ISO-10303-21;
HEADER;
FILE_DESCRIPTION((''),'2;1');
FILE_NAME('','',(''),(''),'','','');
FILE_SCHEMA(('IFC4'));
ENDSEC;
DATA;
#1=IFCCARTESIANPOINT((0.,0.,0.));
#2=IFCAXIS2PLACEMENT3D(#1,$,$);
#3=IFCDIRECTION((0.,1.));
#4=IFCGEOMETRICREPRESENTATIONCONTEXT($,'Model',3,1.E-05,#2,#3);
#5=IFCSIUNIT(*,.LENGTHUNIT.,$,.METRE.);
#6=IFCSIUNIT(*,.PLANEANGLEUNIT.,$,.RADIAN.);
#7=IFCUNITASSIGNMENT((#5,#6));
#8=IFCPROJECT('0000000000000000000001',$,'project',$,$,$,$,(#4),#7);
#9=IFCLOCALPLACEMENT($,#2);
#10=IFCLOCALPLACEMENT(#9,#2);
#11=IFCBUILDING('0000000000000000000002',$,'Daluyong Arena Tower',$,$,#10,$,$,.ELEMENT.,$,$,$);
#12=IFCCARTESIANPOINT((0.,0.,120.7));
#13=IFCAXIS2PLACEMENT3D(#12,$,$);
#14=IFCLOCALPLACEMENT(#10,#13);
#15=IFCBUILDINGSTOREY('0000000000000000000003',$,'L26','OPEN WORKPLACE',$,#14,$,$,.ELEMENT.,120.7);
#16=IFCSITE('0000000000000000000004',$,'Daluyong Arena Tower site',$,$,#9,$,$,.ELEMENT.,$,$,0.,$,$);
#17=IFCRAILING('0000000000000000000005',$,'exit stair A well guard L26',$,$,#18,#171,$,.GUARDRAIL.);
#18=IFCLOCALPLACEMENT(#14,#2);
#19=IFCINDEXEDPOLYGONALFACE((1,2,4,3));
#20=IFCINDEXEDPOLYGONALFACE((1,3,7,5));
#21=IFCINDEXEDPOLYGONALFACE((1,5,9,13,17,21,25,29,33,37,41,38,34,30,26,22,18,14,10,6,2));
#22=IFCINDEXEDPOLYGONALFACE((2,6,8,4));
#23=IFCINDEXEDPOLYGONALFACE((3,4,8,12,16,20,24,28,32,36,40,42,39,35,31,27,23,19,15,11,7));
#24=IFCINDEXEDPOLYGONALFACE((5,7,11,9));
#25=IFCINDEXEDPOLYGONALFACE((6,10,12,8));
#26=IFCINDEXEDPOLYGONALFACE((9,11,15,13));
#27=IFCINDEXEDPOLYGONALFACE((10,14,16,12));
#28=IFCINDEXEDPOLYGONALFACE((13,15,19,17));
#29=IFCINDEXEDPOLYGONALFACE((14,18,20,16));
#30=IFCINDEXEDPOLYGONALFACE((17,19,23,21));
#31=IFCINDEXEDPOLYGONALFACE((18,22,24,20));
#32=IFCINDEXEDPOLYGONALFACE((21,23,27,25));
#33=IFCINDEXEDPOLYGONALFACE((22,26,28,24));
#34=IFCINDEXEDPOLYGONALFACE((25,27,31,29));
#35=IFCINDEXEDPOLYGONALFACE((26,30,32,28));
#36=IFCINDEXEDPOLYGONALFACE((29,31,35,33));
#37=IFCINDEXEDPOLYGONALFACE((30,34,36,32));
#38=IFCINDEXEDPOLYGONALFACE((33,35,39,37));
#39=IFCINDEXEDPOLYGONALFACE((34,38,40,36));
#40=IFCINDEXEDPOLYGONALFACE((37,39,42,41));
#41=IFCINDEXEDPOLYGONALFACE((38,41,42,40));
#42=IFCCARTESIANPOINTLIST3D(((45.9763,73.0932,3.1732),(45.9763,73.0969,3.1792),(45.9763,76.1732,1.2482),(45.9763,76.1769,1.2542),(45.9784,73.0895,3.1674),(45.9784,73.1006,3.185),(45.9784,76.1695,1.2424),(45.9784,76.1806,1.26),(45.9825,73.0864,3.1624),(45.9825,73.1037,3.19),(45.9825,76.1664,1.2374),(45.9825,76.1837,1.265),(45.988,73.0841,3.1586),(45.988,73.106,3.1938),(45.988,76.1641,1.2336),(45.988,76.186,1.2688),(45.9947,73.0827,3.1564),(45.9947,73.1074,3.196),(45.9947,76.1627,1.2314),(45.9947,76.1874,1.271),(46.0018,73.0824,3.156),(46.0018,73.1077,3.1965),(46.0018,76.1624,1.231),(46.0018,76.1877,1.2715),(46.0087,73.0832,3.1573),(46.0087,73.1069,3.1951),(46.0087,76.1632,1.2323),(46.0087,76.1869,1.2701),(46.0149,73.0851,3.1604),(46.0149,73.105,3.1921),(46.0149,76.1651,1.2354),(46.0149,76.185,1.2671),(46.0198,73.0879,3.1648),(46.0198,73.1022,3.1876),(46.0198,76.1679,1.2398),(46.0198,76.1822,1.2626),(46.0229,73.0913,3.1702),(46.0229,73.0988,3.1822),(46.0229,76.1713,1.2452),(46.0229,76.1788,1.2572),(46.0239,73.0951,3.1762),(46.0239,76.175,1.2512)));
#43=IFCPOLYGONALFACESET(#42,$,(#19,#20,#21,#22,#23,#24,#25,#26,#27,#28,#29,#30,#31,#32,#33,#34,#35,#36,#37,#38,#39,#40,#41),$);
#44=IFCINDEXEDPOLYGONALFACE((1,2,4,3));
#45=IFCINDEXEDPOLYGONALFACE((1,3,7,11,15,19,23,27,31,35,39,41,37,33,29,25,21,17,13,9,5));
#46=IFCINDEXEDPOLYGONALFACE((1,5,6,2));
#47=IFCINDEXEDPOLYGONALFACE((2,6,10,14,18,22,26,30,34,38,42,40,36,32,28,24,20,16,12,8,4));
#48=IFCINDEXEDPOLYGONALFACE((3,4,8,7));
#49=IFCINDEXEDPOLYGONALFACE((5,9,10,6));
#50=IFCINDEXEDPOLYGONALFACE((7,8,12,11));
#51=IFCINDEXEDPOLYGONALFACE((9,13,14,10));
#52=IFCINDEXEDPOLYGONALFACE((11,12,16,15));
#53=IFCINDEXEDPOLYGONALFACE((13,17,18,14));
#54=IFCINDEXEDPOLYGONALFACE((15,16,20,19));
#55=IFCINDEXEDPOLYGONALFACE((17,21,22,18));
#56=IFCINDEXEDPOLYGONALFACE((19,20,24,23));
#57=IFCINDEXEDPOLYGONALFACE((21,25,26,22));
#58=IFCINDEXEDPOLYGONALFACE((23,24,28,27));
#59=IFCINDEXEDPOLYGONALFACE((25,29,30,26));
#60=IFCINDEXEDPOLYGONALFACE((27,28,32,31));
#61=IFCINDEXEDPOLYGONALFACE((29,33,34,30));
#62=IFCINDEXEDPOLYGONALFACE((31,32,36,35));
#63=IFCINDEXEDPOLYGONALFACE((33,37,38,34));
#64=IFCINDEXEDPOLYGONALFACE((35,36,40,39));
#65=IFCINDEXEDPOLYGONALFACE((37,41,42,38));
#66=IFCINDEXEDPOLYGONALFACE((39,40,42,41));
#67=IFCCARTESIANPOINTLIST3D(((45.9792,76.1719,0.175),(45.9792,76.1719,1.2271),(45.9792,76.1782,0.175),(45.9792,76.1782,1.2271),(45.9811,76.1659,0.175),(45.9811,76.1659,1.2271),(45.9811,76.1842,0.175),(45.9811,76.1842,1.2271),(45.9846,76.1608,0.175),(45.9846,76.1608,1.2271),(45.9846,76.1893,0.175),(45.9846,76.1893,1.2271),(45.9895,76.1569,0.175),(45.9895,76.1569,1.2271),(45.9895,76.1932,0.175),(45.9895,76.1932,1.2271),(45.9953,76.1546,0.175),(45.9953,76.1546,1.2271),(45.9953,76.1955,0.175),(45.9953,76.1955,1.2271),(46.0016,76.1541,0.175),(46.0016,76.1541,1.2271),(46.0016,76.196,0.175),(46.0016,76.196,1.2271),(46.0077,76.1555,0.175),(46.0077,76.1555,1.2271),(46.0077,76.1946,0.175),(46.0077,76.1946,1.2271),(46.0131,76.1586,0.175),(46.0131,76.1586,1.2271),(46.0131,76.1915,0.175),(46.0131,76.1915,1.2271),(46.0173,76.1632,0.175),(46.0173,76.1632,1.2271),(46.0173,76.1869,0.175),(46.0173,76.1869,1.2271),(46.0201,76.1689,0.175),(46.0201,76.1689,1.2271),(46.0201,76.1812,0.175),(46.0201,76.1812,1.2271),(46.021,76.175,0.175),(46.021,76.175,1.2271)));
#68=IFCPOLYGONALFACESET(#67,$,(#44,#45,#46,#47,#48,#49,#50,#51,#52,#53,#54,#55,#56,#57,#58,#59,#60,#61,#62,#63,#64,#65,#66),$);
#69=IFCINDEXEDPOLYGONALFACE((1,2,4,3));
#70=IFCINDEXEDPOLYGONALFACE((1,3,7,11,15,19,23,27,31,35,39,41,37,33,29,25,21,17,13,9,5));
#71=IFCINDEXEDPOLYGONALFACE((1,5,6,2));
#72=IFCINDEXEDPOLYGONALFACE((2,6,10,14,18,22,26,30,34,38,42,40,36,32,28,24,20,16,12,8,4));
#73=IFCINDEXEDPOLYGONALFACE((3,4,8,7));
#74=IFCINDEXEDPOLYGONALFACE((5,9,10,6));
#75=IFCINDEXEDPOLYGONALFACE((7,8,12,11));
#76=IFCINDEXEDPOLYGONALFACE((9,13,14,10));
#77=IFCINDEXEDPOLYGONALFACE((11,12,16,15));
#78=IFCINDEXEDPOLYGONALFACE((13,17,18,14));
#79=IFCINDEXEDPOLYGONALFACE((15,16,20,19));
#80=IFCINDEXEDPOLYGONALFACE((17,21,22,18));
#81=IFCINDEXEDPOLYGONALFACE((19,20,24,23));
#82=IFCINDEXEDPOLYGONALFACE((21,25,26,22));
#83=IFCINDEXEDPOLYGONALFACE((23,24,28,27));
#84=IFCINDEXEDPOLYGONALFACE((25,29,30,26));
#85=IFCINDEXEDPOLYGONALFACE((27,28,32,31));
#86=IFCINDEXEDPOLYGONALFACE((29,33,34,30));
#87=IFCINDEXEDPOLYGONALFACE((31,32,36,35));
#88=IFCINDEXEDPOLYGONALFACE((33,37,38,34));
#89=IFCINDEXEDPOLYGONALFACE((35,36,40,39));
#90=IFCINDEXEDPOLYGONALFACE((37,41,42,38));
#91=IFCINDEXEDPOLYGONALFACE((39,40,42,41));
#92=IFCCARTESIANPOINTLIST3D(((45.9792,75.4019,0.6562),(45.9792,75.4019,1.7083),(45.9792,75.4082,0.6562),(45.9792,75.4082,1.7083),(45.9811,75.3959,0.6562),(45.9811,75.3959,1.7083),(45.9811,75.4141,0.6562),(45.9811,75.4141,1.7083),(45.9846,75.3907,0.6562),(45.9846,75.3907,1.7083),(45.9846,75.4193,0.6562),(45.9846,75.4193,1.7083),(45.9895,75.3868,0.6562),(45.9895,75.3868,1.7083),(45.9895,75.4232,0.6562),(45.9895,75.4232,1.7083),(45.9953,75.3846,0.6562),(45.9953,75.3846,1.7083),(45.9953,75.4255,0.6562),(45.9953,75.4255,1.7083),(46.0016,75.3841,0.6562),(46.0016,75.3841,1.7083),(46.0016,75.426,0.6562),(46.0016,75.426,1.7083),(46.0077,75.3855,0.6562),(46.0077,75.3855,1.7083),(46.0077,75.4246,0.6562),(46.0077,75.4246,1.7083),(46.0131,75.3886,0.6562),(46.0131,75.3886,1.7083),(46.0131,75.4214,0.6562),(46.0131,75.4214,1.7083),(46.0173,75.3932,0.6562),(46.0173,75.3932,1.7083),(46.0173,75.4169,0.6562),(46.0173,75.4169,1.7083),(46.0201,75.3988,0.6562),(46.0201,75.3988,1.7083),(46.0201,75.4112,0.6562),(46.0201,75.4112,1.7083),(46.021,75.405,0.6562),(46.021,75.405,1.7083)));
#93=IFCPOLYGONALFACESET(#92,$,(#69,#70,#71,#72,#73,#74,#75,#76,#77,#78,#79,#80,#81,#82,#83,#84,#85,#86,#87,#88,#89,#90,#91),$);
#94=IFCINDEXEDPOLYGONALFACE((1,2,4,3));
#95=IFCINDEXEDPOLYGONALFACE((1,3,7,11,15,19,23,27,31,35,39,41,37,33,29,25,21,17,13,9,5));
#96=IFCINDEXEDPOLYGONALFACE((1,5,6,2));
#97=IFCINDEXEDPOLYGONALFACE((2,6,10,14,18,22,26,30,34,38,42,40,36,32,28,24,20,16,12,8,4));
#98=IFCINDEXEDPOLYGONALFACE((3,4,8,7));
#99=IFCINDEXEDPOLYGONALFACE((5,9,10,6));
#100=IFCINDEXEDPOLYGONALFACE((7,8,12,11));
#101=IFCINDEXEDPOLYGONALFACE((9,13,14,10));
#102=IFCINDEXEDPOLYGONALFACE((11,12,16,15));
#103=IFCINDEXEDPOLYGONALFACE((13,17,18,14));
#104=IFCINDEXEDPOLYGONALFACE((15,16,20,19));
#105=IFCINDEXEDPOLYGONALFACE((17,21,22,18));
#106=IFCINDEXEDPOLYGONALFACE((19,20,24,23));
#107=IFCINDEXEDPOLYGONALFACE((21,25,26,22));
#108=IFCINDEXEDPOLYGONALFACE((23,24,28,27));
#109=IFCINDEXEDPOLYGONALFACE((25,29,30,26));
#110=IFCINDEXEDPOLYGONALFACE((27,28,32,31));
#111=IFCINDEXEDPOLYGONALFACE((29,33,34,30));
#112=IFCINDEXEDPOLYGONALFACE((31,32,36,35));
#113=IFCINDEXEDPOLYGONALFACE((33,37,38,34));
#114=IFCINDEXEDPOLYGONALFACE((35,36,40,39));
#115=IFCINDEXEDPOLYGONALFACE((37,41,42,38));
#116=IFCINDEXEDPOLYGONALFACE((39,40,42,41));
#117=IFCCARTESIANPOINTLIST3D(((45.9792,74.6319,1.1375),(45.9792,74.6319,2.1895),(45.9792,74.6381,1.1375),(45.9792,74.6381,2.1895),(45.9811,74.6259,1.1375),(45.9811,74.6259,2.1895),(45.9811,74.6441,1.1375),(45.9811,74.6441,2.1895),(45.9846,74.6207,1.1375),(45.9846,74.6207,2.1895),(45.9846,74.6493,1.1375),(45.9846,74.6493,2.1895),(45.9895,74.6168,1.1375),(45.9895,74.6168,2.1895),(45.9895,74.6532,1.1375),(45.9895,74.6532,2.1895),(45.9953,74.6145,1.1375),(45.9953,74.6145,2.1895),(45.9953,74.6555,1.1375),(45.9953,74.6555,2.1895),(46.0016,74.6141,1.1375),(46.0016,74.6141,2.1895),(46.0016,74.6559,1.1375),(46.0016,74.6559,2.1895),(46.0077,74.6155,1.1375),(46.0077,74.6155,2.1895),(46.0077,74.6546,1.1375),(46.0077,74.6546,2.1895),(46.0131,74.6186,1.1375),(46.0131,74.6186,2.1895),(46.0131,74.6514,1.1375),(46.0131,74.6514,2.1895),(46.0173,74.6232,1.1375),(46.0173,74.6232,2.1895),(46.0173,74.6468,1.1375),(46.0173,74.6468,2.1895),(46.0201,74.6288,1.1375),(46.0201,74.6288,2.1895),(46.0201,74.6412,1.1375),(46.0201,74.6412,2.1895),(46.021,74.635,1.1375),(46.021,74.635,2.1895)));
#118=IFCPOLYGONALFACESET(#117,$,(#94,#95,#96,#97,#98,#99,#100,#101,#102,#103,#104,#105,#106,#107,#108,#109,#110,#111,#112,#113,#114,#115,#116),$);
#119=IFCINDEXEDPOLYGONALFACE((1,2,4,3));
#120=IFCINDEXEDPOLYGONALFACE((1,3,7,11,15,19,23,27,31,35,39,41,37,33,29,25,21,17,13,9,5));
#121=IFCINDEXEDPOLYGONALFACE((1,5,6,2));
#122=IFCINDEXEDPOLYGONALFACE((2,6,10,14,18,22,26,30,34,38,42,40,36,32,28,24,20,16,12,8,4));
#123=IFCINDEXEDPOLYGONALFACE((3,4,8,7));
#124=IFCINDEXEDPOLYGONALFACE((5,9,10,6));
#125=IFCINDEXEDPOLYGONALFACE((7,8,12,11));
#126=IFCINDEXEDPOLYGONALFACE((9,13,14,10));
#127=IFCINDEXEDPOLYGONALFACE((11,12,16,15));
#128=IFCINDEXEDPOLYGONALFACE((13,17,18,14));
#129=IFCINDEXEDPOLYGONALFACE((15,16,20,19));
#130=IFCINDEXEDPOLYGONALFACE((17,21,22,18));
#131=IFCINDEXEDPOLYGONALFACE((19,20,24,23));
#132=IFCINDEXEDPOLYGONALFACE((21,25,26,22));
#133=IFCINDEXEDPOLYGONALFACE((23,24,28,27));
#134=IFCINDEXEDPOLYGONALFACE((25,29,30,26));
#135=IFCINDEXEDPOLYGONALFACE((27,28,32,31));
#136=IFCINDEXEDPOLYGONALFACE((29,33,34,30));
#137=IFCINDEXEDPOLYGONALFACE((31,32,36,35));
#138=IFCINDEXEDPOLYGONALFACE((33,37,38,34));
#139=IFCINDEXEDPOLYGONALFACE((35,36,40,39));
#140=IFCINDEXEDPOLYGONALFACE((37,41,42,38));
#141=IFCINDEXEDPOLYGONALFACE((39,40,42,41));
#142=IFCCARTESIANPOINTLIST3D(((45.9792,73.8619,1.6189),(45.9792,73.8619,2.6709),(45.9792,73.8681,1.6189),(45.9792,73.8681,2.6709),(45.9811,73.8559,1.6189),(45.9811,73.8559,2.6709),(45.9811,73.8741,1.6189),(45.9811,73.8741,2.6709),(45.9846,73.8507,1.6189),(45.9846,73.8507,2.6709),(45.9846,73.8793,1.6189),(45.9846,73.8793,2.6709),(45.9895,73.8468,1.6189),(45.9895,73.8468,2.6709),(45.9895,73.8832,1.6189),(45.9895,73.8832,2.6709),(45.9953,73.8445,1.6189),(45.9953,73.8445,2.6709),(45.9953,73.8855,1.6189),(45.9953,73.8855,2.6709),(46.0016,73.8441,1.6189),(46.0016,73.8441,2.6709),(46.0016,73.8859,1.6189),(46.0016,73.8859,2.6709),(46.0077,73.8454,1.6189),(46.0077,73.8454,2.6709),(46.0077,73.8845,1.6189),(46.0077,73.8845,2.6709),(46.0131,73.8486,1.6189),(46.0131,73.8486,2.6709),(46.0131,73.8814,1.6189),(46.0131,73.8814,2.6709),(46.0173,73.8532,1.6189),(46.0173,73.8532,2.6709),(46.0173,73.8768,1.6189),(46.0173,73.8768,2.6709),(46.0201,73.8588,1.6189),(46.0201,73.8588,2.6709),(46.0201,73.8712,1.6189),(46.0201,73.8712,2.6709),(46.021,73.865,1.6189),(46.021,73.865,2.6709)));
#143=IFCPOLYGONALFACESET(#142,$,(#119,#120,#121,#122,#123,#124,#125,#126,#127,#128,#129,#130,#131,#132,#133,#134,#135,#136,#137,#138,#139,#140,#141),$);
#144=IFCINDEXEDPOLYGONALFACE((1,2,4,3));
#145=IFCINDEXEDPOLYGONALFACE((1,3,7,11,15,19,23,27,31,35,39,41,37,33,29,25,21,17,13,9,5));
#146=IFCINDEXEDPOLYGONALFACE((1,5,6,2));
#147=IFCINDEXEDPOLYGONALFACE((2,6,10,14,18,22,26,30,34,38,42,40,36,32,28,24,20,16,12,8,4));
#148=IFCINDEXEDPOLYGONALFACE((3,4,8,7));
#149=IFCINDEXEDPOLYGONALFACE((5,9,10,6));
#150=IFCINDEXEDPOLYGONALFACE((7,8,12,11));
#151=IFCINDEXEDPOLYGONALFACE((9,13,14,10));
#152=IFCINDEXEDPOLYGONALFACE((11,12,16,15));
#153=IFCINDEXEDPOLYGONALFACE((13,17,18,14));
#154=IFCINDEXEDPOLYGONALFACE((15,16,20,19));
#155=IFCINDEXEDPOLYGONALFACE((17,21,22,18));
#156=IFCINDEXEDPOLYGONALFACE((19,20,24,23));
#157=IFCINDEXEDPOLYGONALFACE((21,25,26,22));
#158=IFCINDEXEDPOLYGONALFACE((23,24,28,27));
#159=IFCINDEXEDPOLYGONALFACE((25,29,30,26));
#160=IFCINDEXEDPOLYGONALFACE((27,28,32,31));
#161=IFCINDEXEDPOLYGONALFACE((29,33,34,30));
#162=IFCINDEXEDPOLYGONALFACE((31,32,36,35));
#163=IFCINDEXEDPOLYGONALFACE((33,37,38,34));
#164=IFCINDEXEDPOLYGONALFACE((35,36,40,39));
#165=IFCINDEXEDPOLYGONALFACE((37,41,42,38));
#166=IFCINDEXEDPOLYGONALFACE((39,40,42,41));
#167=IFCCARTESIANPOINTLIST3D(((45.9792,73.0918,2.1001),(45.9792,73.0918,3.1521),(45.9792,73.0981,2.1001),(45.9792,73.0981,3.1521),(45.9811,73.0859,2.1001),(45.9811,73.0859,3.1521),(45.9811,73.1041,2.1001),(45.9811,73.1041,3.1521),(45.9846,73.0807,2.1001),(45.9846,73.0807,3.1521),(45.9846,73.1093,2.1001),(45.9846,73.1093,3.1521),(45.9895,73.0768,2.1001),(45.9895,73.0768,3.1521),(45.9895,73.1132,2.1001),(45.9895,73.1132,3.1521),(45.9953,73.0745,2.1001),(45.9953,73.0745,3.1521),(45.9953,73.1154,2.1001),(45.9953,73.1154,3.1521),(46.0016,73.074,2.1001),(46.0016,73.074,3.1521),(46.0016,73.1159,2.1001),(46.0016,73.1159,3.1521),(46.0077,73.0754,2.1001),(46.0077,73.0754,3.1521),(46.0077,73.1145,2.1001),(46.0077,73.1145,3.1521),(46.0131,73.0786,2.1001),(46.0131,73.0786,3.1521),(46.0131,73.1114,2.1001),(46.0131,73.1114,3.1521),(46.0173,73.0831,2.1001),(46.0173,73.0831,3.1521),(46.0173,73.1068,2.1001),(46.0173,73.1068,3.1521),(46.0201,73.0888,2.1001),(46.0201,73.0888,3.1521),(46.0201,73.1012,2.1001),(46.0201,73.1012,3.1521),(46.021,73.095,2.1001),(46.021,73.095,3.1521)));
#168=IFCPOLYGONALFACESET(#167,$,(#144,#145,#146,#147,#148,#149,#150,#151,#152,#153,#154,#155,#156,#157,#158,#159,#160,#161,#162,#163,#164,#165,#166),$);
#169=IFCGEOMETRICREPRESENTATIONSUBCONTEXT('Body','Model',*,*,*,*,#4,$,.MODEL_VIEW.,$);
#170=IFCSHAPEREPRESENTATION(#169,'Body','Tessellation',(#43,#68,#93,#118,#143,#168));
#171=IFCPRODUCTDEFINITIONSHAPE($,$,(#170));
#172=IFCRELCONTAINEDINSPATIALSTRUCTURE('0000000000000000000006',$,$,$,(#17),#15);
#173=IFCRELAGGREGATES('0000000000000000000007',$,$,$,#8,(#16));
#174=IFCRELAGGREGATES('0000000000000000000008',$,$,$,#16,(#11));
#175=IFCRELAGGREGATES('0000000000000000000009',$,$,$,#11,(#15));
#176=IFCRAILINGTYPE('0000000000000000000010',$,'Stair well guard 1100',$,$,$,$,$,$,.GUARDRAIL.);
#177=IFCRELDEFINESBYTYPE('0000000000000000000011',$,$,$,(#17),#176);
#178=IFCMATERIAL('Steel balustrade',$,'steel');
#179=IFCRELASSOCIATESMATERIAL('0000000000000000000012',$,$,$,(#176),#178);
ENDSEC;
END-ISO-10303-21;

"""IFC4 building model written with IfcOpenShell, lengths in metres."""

from ifc_helpers import new_model, si_unit, direction, frame, origin, origin_2d, place, context, subcontext, project, spatial, circle, extrude, material, type_object, element, save


model = new_model("IFC4")

# Units and contexts
model_context = context("Model", 3, precision=1e-05, world=origin(), true_north=direction((0.0, 1.0)))
body_context = subcontext(model_context, "Body", "Model", "MODEL_VIEW")
ifc_project = project(units=[si_unit("LENGTHUNIT", "METRE"), si_unit("PLANEANGLEUNIT", "RADIAN")], contexts=[model_context])

# Site, building, storey
site_placement = place(None, origin())
site = spatial("IfcSite", under=ifc_project, at=site_placement, Name="Daluyong Arena Tower site", CompositionType="ELEMENT", RefElevation=0.0)
building_placement = place(site_placement, origin())
building = spatial("IfcBuilding", under=site, at=building_placement, Name="Daluyong Arena Tower", CompositionType="ELEMENT")
storey_placement = place(building_placement, frame((0.0, 0.0, 120.7)))
storey = spatial("IfcBuildingStorey", under=building, at=storey_placement, Name="L26", Description="OPEN WORKPLACE", CompositionType="ELEMENT", Elevation=120.7)

# Railing
ifc_material_1 = material(Name="Steel balustrade", Category="steel")
railing_type_1 = type_object("IfcRailingType", Name="Stair well guard 1100", PredefinedType="GUARDRAIL", material=ifc_material_1)
railing_1_placement = place(storey_placement, frame((46.0, 76.175, 0.175)))
element("IfcRailing", 1, at=railing_1_placement, inside=storey, type_object=railing_type_1, Name="exit stair A well guard L26", PredefinedType="GUARDRAIL", context=body_context, shape_type="SweptSolid", body=[
    extrude(circle(Radius=0.0239, at=origin_2d()), frame((0.0, 0.0, 1.0762), z_axis=(0.0, -0.847998, 0.529999), x_axis=(1.0, 0.0, 0.0)), (0.0, 0.0, 1.0), 3.6321),
    extrude(circle(Radius=0.021, at=origin_2d()), origin(), (0.0, 0.0, 1.0), 1.052),
    extrude(circle(Radius=0.021, at=origin_2d()), frame((0.0, -0.77, 0.4812)), (0.0, 0.0, 1.0), 1.052),
    extrude(circle(Radius=0.021, at=origin_2d()), frame((0.0, -1.54, 0.9624)), (0.0, 0.0, 1.0), 1.052),
    extrude(circle(Radius=0.021, at=origin_2d()), frame((0.0, -2.3101, 1.4438)), (0.0, 0.0, 1.0), 1.052),
    extrude(circle(Radius=0.021, at=origin_2d()), frame((0.0, -3.0801, 1.925)), (0.0, 0.0, 1.0), 1.052),
])

save(model, "model.ifc")
